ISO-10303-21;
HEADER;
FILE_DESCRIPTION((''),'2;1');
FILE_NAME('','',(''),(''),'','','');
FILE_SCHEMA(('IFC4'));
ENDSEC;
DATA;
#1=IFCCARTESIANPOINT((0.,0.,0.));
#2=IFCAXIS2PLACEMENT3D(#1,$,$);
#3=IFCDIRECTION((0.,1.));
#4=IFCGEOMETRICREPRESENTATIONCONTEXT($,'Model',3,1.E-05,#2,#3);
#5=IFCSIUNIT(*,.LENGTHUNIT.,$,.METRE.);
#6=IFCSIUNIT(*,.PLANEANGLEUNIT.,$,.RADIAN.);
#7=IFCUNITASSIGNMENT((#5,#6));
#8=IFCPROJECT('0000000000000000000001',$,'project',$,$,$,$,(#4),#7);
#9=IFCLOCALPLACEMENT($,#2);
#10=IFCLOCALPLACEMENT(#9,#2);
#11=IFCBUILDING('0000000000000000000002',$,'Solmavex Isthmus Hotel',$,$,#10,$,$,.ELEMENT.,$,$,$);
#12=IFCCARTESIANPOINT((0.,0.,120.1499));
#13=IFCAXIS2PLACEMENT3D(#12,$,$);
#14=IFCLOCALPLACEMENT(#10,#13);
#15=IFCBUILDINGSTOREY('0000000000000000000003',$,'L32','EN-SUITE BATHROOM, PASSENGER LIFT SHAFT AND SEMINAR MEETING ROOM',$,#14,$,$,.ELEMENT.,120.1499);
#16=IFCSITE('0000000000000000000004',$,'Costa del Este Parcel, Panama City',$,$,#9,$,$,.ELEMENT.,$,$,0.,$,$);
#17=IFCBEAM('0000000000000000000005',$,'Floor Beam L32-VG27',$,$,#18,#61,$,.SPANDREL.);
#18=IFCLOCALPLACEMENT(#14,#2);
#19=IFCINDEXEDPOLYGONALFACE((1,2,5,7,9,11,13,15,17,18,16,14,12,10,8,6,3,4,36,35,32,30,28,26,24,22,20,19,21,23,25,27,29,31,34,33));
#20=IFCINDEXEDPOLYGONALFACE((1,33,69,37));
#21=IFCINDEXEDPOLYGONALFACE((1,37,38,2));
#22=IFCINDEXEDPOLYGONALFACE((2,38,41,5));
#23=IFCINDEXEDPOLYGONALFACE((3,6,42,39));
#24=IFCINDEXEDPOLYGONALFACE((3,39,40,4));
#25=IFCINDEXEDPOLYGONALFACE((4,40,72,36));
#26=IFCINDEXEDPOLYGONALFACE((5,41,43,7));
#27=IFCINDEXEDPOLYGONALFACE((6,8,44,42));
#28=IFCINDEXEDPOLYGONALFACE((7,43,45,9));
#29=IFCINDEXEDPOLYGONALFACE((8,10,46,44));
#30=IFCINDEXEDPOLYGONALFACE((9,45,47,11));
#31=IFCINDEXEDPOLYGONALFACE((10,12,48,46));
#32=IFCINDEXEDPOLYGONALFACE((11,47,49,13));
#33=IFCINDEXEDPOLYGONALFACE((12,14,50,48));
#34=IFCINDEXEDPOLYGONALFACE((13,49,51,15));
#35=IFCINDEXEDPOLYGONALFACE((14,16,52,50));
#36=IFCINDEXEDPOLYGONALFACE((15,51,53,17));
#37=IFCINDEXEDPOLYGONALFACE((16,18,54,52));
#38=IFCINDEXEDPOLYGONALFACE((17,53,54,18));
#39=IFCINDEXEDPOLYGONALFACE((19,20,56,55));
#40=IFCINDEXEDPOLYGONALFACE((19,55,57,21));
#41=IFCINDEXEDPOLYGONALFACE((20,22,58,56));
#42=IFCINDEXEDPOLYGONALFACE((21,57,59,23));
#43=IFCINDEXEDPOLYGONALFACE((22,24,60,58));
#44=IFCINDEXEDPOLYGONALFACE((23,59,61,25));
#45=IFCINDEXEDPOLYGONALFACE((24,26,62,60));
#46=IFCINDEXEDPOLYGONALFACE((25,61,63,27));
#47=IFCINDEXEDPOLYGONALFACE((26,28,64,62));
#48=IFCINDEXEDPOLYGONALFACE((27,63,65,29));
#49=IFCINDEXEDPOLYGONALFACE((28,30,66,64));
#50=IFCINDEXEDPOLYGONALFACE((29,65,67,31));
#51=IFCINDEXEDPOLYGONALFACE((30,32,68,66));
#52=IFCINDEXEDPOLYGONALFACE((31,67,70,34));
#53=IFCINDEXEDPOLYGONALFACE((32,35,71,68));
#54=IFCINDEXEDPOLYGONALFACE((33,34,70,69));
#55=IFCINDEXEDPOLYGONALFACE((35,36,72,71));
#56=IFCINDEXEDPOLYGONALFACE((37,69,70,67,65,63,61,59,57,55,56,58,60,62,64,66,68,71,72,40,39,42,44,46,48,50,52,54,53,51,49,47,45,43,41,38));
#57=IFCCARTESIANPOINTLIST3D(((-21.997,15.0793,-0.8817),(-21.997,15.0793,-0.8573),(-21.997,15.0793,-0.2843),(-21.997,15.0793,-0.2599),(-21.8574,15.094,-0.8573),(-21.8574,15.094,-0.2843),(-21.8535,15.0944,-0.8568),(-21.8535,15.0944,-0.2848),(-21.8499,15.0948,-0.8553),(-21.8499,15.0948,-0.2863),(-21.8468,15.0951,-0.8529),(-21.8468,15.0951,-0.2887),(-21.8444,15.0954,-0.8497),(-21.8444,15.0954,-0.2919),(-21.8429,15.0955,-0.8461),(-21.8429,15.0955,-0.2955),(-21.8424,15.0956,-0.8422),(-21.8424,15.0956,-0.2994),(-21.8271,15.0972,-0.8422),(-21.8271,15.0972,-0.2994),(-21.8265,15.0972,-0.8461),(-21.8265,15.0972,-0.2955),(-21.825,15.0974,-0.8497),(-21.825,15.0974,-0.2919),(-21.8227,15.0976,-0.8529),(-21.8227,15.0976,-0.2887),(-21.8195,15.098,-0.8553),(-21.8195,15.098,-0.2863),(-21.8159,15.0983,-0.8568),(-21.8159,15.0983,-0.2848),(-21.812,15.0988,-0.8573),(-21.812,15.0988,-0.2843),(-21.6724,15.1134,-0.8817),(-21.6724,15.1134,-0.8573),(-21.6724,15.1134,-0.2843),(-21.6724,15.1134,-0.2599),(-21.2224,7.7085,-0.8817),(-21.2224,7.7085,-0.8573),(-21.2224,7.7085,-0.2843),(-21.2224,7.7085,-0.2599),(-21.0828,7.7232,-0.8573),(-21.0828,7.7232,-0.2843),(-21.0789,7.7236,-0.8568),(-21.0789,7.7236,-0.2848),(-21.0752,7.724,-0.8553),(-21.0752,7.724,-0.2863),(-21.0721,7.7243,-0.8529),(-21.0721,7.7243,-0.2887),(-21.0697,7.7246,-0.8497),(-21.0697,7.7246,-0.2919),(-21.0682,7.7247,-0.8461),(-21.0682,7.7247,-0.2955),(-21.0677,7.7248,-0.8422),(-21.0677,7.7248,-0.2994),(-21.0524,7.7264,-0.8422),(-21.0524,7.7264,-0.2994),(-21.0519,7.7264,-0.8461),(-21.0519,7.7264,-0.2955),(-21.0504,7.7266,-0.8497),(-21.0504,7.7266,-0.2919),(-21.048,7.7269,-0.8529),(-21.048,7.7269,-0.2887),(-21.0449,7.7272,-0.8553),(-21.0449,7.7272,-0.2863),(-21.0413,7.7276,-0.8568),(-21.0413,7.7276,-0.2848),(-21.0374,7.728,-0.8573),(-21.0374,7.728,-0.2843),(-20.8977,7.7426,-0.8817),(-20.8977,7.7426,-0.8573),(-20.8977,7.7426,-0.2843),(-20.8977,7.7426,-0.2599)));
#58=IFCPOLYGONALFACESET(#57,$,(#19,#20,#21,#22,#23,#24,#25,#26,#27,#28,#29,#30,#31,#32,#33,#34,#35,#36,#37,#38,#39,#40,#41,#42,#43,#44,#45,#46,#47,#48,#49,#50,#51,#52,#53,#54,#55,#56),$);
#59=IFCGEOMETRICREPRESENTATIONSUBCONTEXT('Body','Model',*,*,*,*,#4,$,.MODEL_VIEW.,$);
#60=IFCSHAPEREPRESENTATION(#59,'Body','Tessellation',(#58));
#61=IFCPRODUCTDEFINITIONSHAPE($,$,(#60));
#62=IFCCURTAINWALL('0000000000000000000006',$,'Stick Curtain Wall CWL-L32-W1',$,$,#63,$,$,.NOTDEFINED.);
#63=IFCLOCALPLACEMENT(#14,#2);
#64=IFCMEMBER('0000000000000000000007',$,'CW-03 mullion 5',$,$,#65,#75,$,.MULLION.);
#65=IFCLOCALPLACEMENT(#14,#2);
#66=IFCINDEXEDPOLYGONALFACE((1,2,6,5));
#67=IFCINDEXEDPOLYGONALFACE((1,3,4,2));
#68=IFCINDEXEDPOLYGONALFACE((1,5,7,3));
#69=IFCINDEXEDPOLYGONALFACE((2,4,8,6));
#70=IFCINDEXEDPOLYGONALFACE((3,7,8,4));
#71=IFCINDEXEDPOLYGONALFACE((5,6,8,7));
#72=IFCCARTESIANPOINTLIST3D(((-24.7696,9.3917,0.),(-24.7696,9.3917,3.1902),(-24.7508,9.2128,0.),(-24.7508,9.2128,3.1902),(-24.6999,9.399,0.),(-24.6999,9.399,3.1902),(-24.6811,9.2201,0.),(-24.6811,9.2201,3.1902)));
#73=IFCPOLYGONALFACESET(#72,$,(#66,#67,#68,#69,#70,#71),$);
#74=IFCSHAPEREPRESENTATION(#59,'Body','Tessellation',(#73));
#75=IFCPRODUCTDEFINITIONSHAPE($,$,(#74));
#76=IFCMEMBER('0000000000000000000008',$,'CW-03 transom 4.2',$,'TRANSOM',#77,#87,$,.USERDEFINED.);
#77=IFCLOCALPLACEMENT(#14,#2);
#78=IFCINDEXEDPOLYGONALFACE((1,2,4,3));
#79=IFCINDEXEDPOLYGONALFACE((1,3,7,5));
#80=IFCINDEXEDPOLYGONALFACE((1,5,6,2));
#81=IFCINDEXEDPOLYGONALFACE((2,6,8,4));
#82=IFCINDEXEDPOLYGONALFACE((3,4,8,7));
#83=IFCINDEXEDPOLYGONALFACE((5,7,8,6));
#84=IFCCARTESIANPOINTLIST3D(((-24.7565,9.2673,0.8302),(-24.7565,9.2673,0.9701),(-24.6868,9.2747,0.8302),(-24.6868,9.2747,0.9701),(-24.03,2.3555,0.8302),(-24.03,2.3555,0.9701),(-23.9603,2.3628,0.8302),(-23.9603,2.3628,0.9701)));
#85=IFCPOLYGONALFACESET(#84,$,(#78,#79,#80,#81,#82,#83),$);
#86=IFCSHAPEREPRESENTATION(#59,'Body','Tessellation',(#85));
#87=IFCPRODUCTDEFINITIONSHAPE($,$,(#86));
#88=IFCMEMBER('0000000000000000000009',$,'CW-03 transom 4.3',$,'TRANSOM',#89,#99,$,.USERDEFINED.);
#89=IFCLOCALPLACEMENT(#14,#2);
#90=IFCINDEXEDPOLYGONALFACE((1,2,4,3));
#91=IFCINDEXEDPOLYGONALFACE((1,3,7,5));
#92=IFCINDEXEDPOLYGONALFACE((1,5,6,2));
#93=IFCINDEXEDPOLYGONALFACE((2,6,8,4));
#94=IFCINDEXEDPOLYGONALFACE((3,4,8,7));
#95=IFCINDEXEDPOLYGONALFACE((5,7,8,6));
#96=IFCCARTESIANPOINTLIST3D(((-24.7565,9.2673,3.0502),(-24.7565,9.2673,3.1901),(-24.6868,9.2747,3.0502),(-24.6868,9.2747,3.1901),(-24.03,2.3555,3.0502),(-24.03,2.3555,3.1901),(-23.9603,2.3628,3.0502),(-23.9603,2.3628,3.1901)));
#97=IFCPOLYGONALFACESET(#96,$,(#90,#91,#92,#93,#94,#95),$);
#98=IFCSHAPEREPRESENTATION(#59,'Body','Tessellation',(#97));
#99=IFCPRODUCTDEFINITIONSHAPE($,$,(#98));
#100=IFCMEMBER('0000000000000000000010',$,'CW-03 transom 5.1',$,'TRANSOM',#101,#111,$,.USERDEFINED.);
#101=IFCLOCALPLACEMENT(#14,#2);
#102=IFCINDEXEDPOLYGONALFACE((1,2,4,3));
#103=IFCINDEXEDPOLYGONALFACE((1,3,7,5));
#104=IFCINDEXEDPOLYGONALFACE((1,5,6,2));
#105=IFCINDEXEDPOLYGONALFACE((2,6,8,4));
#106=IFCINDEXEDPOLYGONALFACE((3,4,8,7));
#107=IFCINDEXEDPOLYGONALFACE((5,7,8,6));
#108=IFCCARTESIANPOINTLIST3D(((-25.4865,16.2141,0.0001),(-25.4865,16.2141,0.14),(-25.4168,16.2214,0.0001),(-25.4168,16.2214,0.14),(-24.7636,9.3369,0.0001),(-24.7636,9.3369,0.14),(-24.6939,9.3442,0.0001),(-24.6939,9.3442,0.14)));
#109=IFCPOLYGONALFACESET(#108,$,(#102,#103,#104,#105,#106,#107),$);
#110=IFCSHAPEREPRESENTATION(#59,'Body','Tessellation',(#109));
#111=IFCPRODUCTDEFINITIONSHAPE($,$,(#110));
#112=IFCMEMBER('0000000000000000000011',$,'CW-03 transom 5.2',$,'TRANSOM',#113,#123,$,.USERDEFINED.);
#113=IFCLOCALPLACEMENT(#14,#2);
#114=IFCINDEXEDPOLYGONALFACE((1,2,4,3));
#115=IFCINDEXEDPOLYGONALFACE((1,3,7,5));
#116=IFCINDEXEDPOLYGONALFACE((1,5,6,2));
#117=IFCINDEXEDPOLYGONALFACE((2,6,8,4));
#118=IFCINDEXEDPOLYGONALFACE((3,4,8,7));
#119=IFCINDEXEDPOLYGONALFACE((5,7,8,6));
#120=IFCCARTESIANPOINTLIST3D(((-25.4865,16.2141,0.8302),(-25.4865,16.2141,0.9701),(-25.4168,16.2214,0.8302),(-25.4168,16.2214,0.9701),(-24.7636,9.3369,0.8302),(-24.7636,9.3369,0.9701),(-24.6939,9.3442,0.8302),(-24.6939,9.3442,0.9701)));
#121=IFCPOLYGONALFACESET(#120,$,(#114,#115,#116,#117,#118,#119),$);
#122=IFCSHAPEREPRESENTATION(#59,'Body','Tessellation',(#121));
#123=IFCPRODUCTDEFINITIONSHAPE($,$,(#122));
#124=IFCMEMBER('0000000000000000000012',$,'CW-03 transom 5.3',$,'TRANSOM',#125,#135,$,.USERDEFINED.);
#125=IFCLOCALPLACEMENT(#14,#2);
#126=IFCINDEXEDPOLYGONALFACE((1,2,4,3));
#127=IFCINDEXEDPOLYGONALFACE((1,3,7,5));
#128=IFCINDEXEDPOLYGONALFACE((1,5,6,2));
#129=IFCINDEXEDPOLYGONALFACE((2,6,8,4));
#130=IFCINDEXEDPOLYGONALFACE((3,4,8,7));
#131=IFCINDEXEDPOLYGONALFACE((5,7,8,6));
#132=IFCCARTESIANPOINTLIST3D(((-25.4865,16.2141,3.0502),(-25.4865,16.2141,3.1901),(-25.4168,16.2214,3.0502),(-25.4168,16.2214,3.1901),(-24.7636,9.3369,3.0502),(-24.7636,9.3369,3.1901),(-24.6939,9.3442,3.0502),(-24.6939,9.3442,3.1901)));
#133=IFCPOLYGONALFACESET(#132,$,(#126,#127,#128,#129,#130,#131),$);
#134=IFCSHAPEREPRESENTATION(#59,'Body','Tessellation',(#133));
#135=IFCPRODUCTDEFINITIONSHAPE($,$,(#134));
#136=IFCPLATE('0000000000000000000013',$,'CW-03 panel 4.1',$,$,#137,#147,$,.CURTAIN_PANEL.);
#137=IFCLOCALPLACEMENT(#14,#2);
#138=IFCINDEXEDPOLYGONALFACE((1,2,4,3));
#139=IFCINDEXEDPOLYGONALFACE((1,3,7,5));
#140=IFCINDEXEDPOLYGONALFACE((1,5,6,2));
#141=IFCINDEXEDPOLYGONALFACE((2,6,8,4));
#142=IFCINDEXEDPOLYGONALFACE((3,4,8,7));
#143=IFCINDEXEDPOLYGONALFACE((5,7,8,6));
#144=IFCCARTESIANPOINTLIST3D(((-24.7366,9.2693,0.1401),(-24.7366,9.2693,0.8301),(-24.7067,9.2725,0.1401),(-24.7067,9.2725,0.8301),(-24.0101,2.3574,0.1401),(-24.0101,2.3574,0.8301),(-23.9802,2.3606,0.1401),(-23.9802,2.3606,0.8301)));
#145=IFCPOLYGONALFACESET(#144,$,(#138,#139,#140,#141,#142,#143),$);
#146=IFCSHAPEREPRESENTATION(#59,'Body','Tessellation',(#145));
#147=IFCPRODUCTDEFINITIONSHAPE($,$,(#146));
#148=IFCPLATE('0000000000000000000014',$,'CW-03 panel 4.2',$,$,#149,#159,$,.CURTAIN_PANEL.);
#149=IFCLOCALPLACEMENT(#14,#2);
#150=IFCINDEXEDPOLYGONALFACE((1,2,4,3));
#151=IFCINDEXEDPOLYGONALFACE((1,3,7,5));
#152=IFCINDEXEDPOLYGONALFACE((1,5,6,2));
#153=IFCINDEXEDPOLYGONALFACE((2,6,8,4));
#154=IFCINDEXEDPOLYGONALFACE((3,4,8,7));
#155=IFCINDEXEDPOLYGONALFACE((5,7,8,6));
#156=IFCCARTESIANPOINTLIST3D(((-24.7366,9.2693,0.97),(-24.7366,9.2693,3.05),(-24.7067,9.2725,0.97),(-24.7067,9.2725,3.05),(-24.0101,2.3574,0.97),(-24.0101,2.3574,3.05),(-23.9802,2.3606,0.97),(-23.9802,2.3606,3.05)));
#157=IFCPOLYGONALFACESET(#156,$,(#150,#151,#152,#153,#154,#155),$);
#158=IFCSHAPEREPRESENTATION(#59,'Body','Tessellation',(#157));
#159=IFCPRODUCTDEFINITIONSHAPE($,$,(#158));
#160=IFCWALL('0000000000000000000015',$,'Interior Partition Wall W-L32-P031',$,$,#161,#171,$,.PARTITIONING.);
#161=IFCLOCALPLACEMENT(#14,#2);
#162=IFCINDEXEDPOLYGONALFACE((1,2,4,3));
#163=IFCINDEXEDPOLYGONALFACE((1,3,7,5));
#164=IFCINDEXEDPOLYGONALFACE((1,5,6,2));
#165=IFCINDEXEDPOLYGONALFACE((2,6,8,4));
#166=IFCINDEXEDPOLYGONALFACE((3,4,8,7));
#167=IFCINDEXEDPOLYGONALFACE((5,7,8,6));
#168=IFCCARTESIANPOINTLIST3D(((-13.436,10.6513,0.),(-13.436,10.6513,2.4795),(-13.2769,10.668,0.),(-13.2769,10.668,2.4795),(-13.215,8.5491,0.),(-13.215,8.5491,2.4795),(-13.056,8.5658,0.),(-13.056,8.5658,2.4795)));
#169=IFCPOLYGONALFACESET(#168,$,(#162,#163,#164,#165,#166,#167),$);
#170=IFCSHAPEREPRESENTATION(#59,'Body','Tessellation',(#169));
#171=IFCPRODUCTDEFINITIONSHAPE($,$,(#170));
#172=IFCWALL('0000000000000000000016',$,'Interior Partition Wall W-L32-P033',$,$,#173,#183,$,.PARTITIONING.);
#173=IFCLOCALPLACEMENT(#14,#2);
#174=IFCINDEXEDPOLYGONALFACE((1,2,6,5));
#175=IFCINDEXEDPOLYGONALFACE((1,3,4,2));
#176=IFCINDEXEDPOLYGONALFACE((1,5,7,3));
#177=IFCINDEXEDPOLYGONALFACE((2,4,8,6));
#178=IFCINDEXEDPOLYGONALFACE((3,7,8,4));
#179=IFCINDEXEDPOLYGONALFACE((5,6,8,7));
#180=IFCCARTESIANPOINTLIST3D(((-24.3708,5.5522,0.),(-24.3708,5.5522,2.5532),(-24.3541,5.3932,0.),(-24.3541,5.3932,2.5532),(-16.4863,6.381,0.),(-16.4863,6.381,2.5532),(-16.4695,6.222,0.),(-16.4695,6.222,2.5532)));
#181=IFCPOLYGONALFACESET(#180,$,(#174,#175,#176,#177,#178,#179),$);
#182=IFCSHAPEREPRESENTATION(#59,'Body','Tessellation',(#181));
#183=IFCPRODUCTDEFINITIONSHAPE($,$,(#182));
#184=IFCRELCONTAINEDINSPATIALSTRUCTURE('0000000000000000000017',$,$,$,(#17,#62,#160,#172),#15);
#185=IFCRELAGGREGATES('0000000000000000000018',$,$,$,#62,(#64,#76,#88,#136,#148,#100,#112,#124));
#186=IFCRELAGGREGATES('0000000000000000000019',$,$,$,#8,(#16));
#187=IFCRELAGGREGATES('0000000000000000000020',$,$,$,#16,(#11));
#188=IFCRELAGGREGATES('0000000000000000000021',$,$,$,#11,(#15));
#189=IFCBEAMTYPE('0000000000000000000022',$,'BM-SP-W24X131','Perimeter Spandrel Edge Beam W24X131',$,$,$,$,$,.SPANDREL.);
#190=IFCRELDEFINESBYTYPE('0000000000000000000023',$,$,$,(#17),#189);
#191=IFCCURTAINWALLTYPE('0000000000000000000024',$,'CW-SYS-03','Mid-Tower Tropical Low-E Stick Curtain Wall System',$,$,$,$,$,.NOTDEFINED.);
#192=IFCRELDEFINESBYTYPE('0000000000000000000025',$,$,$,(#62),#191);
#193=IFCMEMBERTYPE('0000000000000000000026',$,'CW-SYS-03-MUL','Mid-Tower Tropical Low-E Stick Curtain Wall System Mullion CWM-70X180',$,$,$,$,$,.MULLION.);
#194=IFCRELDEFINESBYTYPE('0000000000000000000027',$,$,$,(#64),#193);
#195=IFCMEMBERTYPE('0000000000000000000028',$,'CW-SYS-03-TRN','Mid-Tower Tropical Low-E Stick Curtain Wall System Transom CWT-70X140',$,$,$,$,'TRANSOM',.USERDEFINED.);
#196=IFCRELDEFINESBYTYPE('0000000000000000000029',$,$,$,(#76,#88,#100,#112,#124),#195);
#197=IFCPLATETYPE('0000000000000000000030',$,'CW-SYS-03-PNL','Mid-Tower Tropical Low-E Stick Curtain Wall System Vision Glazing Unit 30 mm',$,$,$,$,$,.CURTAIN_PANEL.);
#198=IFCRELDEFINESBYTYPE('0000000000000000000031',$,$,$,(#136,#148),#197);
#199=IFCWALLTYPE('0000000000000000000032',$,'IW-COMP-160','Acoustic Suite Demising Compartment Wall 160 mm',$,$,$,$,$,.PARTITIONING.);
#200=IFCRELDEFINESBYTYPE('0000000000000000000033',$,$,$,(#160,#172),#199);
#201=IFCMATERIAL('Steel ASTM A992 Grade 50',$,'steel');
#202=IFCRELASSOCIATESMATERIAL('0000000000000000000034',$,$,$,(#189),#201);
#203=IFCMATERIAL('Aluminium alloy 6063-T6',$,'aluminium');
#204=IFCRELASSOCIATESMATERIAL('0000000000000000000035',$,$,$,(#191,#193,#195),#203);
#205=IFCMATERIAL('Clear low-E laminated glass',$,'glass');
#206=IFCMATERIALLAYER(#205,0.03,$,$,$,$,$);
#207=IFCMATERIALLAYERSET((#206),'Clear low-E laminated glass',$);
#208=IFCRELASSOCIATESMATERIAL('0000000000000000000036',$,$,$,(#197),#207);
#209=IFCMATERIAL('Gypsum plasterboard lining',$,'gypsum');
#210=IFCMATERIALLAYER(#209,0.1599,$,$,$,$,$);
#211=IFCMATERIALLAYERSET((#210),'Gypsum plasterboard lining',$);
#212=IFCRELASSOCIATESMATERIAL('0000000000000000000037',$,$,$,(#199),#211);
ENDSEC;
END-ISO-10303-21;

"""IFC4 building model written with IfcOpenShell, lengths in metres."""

from ifc_helpers import new_model, si_unit, direction, frame, frame_2d, origin, origin_2d, place, context, subcontext, project, spatial, rectangle, i_section, extrude, material, layer, layer_set, material_profile, profile_set, type_object, element, aggregate, save


model = new_model("IFC4")

# Units and contexts
model_context = context("Model", 3, precision=1e-05, world=origin(), true_north=direction((0.0, 1.0)))
body_context = subcontext(model_context, "Body", "Model", "MODEL_VIEW")
ifc_project = project(units=[si_unit("LENGTHUNIT", "METRE"), si_unit("PLANEANGLEUNIT", "RADIAN")], contexts=[model_context])

# Site, building, storey
site_placement = place(None, origin())
site = spatial("IfcSite", under=ifc_project, at=site_placement, Name="Costa del Este Parcel, Panama City", CompositionType="ELEMENT", RefElevation=0.0)
building_placement = place(site_placement, origin())
building = spatial("IfcBuilding", under=site, at=building_placement, Name="Solmavex Isthmus Hotel", CompositionType="ELEMENT")
storey_placement = place(building_placement, frame((0.0, 0.0, 120.1499)))
storey = spatial("IfcBuildingStorey", under=building, at=storey_placement, Name="L32", Description="EN-SUITE BATHROOM, PASSENGER LIFT SHAFT AND SEMINAR MEETING ROOM", CompositionType="ELEMENT", Elevation=120.1499)

# Beam
ifc_material_1 = material(Name="Steel ASTM A992 Grade 50", Category="steel")
ifc_material_profile_1 = material_profile(ifc_material_1, i_section(OverallWidth=0.3264, OverallDepth=0.6218, WebThickness=0.0154, FlangeThickness=0.0244, FilletRadius=0.0151, at=origin_2d()), Name="W24X131")
ifc_profile_set_1 = profile_set([ifc_material_profile_1], Name="Steel ASTM A992 Grade 50")
beam_type_1 = type_object("IfcBeamType", Name="BM-SP-W24X131", Description="Perimeter Spandrel Edge Beam W24X131", PredefinedType="SPANDREL", material=ifc_profile_set_1)
beam_1_placement = place(storey_placement, frame((-21.0601, 7.7256, -0.5708), z_axis=(-0.104522, 0.994523, 0.0), x_axis=(-0.994523, -0.104522, 0.0)))
element("IfcBeam", 1, at=beam_1_placement, inside=storey, type_object=beam_type_1, Name="Floor Beam L32-VG27", PredefinedType="SPANDREL", context=body_context, shape_type="SweptSolid", body=[
    extrude(i_section(OverallWidth=0.3264, OverallDepth=0.6218, WebThickness=0.0154, FlangeThickness=0.0244, FilletRadius=0.0151, at=origin_2d()), origin(), (0.0, 0.0, 1.0), 7.4114),
])

# Curtain wall, members, plates
ifc_material_2 = material(Name="Aluminium alloy 6063-T6", Category="aluminium")
curtain_wall_type = type_object("IfcCurtainWallType", Name="CW-SYS-03", Description="Mid-Tower Tropical Low-E Stick Curtain Wall System", PredefinedType="NOTDEFINED", material=ifc_material_2)
curtain_wall_placement = place(storey_placement, origin())
curtain_wall = element("IfcCurtainWall", 2, at=curtain_wall_placement, inside=storey, type_object=curtain_wall_type, Name="Stick Curtain Wall CWL-L32-W1", PredefinedType="NOTDEFINED")
ifc_material_profile_2 = material_profile(ifc_material_2, rectangle(XDim=0.0701, YDim=0.1799, at=origin_2d()), Name="CWM-70X180")
ifc_profile_set_2 = profile_set([ifc_material_profile_2], Name="Aluminium alloy 6063-T6")
member_type_1 = type_object("IfcMemberType", Name="CW-SYS-03-MUL", Description="Mid-Tower Tropical Low-E Stick Curtain Wall System Mullion CWM-70X180", PredefinedType="MULLION", material=ifc_profile_set_2)
member_1_placement = place(storey_placement, frame((-24.7253, 9.3059, 0.0), z_axis=(0.0, 0.0, 1.0), x_axis=(-0.994522, -0.104528, 0.0)))
member_1 = element("IfcMember", 3, at=member_1_placement, type_object=member_type_1, Name="CW-03 mullion 5", PredefinedType="MULLION", context=body_context, shape_type="SweptSolid", body=[
    extrude(rectangle(XDim=0.0701, YDim=0.1799, at=origin_2d()), origin(), (0.0, 0.0, 1.0), 3.1902),
])
ifc_material_profile_3 = material_profile(ifc_material_2, rectangle(XDim=0.0701, YDim=0.1399, at=origin_2d()), Name="CWT-70X140")
ifc_profile_set_3 = profile_set([ifc_material_profile_3], Name="Aluminium alloy 6063-T6")
member_type_2 = type_object("IfcMemberType", Name="CW-SYS-03-TRN", Description="Mid-Tower Tropical Low-E Stick Curtain Wall System Transom CWT-70X140", ElementType="TRANSOM", PredefinedType="USERDEFINED", material=ifc_profile_set_3)
member_2_placement = place(storey_placement, frame((-23.9951, 2.3591, 0.9001), z_axis=(-0.104542, 0.99452, 0.0), x_axis=(-0.99452, -0.104542, 0.0)))
member_2 = element("IfcMember", 4, at=member_2_placement, type_object=member_type_2, Name="CW-03 transom 4.2", ObjectType="TRANSOM", PredefinedType="USERDEFINED", context=body_context, shape_type="SweptSolid", body=[
    extrude(rectangle(XDim=0.0701, YDim=0.1399, at=origin_2d()), origin(), (0.0, 0.0, 1.0), 6.95),
])
member_3_placement = place(storey_placement, frame((-23.9951, 2.3591, 3.1201), z_axis=(-0.104542, 0.99452, 0.0), x_axis=(-0.99452, -0.104542, 0.0)))
member_3 = element("IfcMember", 5, at=member_3_placement, type_object=member_type_2, Name="CW-03 transom 4.3", ObjectType="TRANSOM", PredefinedType="USERDEFINED", context=body_context, shape_type="SweptSolid", body=[
    extrude(rectangle(XDim=0.0701, YDim=0.1399, at=origin_2d()), origin(), (0.0, 0.0, 1.0), 6.95),
])
member_4_placement = place(storey_placement, frame((-24.7288, 9.3406, 0.0701), z_axis=(-0.10454, 0.994521, 0.0), x_axis=(-0.994521, -0.10454, 0.0)))
member_4 = element("IfcMember", 6, at=member_4_placement, type_object=member_type_2, Name="CW-03 transom 5.1", ObjectType="TRANSOM", PredefinedType="USERDEFINED", context=body_context, shape_type="SweptSolid", body=[
    extrude(rectangle(XDim=0.0701, YDim=0.1399, at=origin_2d()), origin(), (0.0, 0.0, 1.0), 6.915),
])
member_5_placement = place(storey_placement, frame((-24.7288, 9.3406, 0.9001), z_axis=(-0.10454, 0.994521, 0.0), x_axis=(-0.994521, -0.10454, 0.0)))
member_5 = element("IfcMember", 7, at=member_5_placement, type_object=member_type_2, Name="CW-03 transom 5.2", ObjectType="TRANSOM", PredefinedType="USERDEFINED", context=body_context, shape_type="SweptSolid", body=[
    extrude(rectangle(XDim=0.0701, YDim=0.1399, at=origin_2d()), origin(), (0.0, 0.0, 1.0), 6.915),
])
member_6_placement = place(storey_placement, frame((-24.7288, 9.3406, 3.1201), z_axis=(-0.10454, 0.994521, 0.0), x_axis=(-0.994521, -0.10454, 0.0)))
member_6 = element("IfcMember", 8, at=member_6_placement, type_object=member_type_2, Name="CW-03 transom 5.3", ObjectType="TRANSOM", PredefinedType="USERDEFINED", context=body_context, shape_type="SweptSolid", body=[
    extrude(rectangle(XDim=0.0701, YDim=0.1399, at=origin_2d()), origin(), (0.0, 0.0, 1.0), 6.915),
])
ifc_material_3 = material(Name="Clear low-E laminated glass", Category="glass")
ifc_layer_1 = layer(ifc_material_3, 0.03)
ifc_layer_set_1 = layer_set([ifc_layer_1], Name="Clear low-E laminated glass")
plate_type = type_object("IfcPlateType", Name="CW-SYS-03-PNL", Description="Mid-Tower Tropical Low-E Stick Curtain Wall System Vision Glazing Unit 30 mm", PredefinedType="CURTAIN_PANEL", material=ifc_layer_set_1)
plate_1_placement = place(storey_placement, frame((-24.3584, 5.8149, 0.1401), z_axis=(0.0, 0.0, 1.0), x_axis=(-0.104528, 0.994522, 0.0)))
plate_1 = element("IfcPlate", 9, at=plate_1_placement, type_object=plate_type, Name="CW-03 panel 4.1", PredefinedType="CURTAIN_PANEL", context=body_context, shape_type="SweptSolid", body=[
    extrude(rectangle(XDim=6.95, YDim=0.03, at=origin_2d()), origin(), (0.0, 0.0, 1.0), 0.6899),
])
plate_2_placement = place(storey_placement, frame((-24.3584, 5.8149, 0.97), z_axis=(0.0, 0.0, 1.0), x_axis=(-0.104528, 0.994522, 0.0)))
plate_2 = element("IfcPlate", 10, at=plate_2_placement, type_object=plate_type, Name="CW-03 panel 4.2", PredefinedType="CURTAIN_PANEL", context=body_context, shape_type="SweptSolid", body=[
    extrude(rectangle(XDim=6.95, YDim=0.03, at=origin_2d()), origin(), (0.0, 0.0, 1.0), 2.0801),
])
aggregate(curtain_wall, [member_1, member_2, member_3, plate_1, plate_2, member_4, member_5, member_6])

# Shared definitions
ifc_material_4 = material(Name="Gypsum plasterboard lining", Category="gypsum")
ifc_layer_2 = layer(ifc_material_4, 0.1599)
ifc_layer_set_2 = layer_set([ifc_layer_2], Name="Gypsum plasterboard lining")
wall_type_1 = type_object("IfcWallType", Name="IW-COMP-160", Description="Acoustic Suite Demising Compartment Wall 160 mm", PredefinedType="PARTITIONING", material=ifc_layer_set_2)

# Walls
wall_1_placement = place(storey_placement, frame((-13.3564, 10.6597, 0.0), z_axis=(0.0, 0.0, 1.0), x_axis=(0.104522, -0.994523, 0.0)))
element("IfcWall", 11, at=wall_1_placement, inside=storey, type_object=wall_type_1, Name="Interior Partition Wall W-L32-P031", PredefinedType="PARTITIONING", context=body_context, shape_type="SweptSolid", body=[
    extrude(rectangle(XDim=2.1138, YDim=0.1599, at=frame_2d((1.0569, 0.0))), origin(), (0.0, 0.0, 1.0), 2.4795),
])
wall_2_placement = place(storey_placement, frame((-16.478, 6.3015, 0.0), z_axis=(0.0, 0.0, 1.0), x_axis=(-0.99452, -0.104549, 0.0)))
element("IfcWall", 12, at=wall_2_placement, inside=storey, type_object=wall_type_1, Name="Interior Partition Wall W-L32-P033", PredefinedType="PARTITIONING", context=body_context, shape_type="SweptSolid", body=[
    extrude(rectangle(XDim=7.928, YDim=0.1599, at=frame_2d((3.9639, 0.0))), origin(), (0.0, 0.0, 1.0), 2.5532),
])

save(model, "model.ifc")
